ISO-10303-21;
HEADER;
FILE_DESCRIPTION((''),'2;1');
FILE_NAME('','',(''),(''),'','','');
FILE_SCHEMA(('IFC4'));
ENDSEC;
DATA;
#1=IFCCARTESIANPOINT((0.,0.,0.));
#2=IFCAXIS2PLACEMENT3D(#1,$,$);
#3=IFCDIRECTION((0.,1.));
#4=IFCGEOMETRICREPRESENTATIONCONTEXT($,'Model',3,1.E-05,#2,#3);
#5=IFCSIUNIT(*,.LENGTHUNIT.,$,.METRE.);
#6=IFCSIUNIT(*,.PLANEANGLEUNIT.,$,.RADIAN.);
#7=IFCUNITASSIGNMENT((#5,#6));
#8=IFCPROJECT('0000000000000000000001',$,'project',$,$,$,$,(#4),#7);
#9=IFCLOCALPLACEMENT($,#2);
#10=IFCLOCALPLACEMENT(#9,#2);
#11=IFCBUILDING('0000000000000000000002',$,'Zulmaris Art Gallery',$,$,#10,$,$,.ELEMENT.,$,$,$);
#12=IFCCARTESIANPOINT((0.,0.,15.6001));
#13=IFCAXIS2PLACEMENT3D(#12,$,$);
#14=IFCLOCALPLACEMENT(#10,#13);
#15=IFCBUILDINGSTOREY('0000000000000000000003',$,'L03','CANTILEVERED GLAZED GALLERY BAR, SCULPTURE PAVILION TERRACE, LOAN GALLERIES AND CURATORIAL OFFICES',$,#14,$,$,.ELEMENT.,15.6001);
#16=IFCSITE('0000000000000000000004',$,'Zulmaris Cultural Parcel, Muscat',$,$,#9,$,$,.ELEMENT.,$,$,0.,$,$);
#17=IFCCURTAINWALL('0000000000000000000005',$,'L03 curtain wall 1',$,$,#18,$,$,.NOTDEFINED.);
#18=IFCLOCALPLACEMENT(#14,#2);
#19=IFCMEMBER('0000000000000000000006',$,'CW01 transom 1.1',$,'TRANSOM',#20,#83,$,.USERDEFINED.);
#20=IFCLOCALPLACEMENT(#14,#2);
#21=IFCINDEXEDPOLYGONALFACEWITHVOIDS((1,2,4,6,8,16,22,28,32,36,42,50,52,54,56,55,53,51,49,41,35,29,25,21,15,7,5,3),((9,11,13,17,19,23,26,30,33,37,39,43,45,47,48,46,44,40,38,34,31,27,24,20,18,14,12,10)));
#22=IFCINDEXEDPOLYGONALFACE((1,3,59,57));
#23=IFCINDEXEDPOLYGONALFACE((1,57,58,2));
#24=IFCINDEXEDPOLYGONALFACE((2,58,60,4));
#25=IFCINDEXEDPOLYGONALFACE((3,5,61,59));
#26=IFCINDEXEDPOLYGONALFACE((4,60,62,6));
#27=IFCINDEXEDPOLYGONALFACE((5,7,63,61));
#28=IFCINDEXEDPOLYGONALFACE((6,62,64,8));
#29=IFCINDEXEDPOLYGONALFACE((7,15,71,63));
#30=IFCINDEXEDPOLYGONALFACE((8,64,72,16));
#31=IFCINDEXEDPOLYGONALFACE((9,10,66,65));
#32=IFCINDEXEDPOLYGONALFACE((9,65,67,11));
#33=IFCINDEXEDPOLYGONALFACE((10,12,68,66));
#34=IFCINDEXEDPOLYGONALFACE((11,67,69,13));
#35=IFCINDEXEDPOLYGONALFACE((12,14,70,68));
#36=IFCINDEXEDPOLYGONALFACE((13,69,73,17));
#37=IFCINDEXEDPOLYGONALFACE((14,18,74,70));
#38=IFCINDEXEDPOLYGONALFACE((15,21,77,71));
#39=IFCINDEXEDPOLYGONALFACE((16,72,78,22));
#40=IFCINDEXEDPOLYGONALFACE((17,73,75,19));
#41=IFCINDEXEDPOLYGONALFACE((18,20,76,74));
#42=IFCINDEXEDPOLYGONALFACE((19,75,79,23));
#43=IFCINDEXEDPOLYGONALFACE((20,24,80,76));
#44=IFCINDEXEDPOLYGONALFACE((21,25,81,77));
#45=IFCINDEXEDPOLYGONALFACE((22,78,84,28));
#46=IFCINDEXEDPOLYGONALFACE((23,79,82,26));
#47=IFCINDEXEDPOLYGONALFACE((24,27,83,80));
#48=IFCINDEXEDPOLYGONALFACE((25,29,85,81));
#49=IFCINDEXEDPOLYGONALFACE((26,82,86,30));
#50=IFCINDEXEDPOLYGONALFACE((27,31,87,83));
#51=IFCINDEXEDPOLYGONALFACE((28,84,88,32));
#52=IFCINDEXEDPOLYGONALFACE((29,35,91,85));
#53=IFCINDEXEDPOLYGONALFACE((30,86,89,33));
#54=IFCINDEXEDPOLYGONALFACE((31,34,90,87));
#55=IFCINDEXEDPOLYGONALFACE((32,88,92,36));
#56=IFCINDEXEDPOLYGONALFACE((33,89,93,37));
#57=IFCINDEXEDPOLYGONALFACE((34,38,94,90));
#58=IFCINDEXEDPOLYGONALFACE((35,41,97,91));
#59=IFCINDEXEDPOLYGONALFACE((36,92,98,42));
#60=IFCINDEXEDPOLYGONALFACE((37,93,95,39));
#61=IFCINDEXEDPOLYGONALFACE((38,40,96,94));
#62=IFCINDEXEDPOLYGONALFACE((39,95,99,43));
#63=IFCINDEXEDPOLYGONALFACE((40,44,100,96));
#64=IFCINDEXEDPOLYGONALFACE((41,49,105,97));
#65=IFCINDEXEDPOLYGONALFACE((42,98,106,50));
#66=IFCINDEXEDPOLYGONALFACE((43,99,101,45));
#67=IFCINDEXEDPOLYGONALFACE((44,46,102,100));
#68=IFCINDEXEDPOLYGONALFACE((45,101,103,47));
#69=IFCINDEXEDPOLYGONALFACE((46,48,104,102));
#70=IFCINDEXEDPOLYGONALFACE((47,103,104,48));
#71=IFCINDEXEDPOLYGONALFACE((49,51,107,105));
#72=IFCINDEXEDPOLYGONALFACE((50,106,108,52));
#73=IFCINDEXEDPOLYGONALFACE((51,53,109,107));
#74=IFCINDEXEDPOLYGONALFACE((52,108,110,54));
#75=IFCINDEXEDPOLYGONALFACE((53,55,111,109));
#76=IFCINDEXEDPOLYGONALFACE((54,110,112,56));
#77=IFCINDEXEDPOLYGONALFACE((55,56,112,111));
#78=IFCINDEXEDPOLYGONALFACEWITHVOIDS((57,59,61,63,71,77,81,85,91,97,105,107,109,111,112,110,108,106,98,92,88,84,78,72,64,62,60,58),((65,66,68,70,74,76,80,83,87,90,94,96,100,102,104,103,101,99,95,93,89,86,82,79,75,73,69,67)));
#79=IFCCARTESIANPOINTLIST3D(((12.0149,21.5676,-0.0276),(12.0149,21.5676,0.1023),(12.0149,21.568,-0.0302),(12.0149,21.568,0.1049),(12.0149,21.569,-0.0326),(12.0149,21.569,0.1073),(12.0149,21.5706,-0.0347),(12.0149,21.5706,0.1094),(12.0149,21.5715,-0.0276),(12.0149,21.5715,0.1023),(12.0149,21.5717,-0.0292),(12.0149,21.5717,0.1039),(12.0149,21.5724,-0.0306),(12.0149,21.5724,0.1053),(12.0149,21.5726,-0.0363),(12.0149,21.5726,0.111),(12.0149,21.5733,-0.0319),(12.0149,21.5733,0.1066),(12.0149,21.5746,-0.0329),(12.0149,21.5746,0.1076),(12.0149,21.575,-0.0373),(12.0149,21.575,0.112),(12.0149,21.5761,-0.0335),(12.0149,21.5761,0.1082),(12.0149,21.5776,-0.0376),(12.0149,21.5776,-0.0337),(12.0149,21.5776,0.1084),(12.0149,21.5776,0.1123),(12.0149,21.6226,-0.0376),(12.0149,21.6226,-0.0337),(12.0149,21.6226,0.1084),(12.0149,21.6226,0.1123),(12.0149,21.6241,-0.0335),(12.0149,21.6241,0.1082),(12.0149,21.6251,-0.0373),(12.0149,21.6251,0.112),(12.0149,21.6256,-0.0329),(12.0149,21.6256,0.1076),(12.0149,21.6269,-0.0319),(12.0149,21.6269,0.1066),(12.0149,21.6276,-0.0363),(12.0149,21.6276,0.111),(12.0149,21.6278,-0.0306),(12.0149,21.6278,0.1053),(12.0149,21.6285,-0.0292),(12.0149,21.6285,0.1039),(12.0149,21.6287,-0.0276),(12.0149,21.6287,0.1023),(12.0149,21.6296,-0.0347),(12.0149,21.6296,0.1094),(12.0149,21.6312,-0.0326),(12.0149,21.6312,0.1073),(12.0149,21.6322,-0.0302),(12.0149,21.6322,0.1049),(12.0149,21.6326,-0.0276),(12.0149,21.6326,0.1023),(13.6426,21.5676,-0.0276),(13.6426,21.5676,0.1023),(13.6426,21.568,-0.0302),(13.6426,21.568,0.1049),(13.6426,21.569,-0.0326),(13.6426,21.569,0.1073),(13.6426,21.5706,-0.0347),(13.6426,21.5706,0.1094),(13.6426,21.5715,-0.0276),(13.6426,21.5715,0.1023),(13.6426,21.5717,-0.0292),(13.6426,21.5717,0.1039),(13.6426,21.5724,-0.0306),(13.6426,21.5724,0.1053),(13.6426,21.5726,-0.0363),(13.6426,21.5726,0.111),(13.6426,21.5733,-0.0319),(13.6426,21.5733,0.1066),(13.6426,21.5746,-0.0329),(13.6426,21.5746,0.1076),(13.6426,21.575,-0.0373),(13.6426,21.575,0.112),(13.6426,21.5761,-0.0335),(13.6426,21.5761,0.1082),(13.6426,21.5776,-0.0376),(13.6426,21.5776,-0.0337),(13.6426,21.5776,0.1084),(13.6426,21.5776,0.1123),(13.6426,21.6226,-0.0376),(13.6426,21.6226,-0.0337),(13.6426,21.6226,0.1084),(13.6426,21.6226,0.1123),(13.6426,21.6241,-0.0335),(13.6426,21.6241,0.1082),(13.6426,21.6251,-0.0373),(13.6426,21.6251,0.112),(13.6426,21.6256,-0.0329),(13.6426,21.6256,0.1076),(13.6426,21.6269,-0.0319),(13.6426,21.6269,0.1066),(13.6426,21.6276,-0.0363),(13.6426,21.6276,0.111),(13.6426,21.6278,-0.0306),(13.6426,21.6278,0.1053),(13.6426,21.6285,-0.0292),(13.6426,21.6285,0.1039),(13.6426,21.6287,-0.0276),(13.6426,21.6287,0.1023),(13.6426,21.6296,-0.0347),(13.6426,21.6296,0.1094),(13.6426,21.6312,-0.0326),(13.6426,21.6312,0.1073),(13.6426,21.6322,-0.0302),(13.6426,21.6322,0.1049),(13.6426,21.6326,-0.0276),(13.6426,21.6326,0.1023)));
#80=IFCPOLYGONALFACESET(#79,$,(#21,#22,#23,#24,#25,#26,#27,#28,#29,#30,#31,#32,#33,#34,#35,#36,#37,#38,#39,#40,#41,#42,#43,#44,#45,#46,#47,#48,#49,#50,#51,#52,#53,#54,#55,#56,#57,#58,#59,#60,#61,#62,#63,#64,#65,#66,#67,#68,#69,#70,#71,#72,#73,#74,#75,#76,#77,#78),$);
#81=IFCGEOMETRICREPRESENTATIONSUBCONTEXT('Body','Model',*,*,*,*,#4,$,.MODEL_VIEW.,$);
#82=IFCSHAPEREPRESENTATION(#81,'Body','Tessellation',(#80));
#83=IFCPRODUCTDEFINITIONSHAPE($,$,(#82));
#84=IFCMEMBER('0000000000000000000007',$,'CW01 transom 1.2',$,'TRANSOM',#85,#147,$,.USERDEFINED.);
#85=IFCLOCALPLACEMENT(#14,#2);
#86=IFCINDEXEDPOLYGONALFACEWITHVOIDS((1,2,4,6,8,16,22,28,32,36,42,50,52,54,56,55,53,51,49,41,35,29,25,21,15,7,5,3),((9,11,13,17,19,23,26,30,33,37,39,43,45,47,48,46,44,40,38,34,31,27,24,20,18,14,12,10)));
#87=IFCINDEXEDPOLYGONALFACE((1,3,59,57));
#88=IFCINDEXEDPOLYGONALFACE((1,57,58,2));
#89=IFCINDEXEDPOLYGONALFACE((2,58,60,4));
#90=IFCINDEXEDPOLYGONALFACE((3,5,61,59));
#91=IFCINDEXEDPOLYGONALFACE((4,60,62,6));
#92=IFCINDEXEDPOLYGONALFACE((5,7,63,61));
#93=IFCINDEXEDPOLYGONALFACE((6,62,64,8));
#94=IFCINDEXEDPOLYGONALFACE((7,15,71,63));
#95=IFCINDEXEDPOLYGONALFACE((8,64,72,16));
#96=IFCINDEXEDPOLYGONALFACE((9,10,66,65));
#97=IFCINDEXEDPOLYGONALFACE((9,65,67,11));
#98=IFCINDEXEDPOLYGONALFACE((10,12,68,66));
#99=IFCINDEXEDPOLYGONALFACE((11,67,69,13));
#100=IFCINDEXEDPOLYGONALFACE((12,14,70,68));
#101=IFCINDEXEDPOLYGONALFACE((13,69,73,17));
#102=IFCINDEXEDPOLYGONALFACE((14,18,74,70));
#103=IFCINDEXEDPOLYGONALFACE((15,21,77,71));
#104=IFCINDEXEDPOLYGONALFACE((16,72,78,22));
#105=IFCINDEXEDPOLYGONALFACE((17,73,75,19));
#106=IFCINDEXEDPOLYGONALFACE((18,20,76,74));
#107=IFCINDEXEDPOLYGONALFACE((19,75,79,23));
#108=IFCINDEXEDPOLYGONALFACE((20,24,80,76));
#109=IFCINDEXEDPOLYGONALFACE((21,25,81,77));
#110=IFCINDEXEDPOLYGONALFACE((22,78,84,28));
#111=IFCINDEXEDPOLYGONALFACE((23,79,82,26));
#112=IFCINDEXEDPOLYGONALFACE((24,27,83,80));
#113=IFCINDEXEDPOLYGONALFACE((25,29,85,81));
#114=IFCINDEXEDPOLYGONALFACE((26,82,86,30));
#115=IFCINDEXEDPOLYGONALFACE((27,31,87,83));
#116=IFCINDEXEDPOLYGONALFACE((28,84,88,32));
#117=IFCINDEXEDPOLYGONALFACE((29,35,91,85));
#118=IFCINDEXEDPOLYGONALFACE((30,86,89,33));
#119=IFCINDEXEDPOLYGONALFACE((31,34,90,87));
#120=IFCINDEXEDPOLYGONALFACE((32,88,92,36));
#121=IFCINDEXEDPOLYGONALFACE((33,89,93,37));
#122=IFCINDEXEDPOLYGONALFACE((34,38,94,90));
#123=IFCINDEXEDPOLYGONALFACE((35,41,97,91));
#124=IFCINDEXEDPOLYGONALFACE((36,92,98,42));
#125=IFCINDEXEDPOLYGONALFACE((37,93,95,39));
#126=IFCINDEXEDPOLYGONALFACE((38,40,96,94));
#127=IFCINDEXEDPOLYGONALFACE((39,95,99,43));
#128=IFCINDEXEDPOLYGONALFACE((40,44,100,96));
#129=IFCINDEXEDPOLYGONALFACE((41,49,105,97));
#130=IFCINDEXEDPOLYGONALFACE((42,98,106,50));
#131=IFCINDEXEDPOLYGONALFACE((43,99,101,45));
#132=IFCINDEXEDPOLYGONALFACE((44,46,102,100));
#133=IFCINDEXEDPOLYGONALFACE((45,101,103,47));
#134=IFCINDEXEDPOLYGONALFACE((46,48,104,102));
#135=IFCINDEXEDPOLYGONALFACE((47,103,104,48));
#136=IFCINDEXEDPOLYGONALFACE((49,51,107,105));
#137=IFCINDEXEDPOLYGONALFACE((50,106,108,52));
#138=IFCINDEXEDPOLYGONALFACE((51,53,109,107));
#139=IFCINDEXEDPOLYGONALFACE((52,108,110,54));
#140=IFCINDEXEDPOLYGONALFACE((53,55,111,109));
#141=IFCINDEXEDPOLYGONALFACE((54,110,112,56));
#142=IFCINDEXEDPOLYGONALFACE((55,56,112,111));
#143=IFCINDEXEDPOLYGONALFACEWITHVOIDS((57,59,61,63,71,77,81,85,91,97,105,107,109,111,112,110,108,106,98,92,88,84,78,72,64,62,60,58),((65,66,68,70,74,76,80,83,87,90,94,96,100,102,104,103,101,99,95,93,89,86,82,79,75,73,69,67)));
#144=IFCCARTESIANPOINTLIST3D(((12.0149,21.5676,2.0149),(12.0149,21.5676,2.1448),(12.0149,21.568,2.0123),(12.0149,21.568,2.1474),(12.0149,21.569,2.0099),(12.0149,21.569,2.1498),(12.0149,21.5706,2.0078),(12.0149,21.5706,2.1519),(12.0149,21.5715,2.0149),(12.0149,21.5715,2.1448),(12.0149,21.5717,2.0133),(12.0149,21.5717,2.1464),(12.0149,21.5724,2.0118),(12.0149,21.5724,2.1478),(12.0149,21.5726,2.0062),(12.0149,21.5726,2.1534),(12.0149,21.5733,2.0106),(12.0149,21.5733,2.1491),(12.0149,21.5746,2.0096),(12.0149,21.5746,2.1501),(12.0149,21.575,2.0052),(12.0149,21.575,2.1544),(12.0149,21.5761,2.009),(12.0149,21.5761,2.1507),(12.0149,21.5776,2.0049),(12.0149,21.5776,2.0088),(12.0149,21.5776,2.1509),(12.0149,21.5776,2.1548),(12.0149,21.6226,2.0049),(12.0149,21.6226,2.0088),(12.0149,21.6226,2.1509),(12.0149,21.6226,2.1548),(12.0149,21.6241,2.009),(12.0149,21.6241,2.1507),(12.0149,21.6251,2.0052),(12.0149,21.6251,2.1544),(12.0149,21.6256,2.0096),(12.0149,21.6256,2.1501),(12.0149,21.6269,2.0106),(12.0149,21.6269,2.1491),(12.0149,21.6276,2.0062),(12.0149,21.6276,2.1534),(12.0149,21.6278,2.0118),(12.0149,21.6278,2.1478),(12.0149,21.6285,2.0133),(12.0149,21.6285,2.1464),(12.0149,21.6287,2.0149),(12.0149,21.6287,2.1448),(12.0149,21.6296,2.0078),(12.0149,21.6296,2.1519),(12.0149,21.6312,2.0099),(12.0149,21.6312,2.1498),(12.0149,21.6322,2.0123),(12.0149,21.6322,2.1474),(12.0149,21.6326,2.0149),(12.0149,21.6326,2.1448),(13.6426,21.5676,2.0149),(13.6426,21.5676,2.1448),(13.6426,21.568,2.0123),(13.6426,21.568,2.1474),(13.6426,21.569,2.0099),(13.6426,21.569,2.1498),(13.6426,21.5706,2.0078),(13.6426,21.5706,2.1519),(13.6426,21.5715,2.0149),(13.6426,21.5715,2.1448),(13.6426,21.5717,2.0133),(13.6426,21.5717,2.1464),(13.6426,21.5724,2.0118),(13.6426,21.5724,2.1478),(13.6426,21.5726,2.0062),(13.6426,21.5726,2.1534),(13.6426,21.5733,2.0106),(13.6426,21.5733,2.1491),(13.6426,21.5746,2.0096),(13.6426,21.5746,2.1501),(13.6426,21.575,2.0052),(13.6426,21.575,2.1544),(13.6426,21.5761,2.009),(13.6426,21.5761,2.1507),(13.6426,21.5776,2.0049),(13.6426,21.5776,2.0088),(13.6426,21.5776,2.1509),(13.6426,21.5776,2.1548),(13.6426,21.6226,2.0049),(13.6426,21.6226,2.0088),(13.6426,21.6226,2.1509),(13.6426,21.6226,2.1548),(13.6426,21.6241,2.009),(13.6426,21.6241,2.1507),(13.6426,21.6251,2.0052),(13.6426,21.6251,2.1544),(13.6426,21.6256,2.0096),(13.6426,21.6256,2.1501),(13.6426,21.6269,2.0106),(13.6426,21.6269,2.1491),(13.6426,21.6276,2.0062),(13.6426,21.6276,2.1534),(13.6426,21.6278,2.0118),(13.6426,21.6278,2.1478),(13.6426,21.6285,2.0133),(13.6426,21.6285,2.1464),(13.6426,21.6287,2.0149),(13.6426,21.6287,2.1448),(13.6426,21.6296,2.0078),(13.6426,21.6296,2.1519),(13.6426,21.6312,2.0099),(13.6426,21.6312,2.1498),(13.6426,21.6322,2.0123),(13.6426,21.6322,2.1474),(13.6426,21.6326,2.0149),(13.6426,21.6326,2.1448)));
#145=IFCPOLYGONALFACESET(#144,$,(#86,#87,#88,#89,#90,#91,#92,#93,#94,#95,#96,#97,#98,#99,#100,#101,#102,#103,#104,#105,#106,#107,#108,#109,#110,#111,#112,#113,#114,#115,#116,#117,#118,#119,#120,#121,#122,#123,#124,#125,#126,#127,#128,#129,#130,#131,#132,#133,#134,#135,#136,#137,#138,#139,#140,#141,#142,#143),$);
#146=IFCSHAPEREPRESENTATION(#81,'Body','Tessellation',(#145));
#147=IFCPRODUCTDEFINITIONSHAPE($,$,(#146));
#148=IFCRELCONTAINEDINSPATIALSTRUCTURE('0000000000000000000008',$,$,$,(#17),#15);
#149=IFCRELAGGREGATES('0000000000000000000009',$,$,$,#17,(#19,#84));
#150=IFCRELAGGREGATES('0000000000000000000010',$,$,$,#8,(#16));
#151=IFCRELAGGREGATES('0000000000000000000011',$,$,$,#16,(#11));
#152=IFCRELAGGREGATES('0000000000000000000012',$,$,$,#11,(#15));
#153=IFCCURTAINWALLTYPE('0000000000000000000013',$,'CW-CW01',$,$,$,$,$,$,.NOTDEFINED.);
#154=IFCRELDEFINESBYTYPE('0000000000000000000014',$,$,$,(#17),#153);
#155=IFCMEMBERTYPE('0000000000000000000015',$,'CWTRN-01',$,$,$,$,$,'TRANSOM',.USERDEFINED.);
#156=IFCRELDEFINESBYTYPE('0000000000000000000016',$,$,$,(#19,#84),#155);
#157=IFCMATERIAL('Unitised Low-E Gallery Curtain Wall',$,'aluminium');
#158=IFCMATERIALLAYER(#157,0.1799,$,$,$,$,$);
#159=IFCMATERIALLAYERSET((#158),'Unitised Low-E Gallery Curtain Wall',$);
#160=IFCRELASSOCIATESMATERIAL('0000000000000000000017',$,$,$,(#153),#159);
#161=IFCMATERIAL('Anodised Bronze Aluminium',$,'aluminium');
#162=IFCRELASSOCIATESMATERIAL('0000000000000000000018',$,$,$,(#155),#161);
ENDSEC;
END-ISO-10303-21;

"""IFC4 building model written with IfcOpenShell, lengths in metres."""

from ifc_helpers import new_model, si_unit, direction, frame, origin, origin_2d, place, context, subcontext, project, spatial, hollow_rectangle, extrude, material, layer, layer_set, material_profile, profile_set, type_object, element, aggregate, save


model = new_model("IFC4")

# Units and contexts
model_context = context("Model", 3, precision=1e-05, world=origin(), true_north=direction((0.0, 1.0)))
body_context = subcontext(model_context, "Body", "Model", "MODEL_VIEW")
ifc_project = project(units=[si_unit("LENGTHUNIT", "METRE"), si_unit("PLANEANGLEUNIT", "RADIAN")], contexts=[model_context])

# Site, building, storey
site_placement = place(None, origin())
site = spatial("IfcSite", under=ifc_project, at=site_placement, Name="Zulmaris Cultural Parcel, Muscat", CompositionType="ELEMENT", RefElevation=0.0)
building_placement = place(site_placement, origin())
building = spatial("IfcBuilding", under=site, at=building_placement, Name="Zulmaris Art Gallery", CompositionType="ELEMENT")
storey_placement = place(building_placement, frame((0.0, 0.0, 15.6001)))
storey = spatial("IfcBuildingStorey", under=building, at=storey_placement, Name="L03", Description="CANTILEVERED GLAZED GALLERY BAR, SCULPTURE PAVILION TERRACE, LOAN GALLERIES AND CURATORIAL OFFICES", CompositionType="ELEMENT", Elevation=15.6001)

# Curtain wall
ifc_material_1 = material(Name="Unitised Low-E Gallery Curtain Wall", Category="aluminium")
ifc_layer_1 = layer(ifc_material_1, 0.1799)
ifc_layer_set_1 = layer_set([ifc_layer_1], Name="Unitised Low-E Gallery Curtain Wall")
curtain_wall_type = type_object("IfcCurtainWallType", Name="CW-CW01", PredefinedType="NOTDEFINED", material=ifc_layer_set_1)
curtain_wall_1_placement = place(storey_placement, origin())
curtain_wall_1 = element("IfcCurtainWall", 1, at=curtain_wall_1_placement, inside=storey, type_object=curtain_wall_type, Name="L03 curtain wall 1", PredefinedType="NOTDEFINED")
ifc_material_2 = material(Name="Anodised Bronze Aluminium", Category="aluminium")

# Members
ifc_material_profile_1 = material_profile(ifc_material_2, hollow_rectangle(XDim=0.0649, YDim=0.1499, WallThickness=0.0039, InnerFilletRadius=0.0061, OuterFilletRadius=0.01, at=origin_2d()), Name="ALU 65x150x4")
ifc_profile_set_1 = profile_set([ifc_material_profile_1], Name="Anodised Bronze Aluminium")
member_type_1 = type_object("IfcMemberType", Name="CWTRN-01", ElementType="TRANSOM", PredefinedType="USERDEFINED", material=ifc_profile_set_1)
member_1_placement = place(storey_placement, frame((12.0149, 21.6001, 0.0374), z_axis=(1.0, 0.0, 0.0), x_axis=(0.0, 1.0, 0.0)))
member_1 = element("IfcMember", 2, at=member_1_placement, type_object=member_type_1, Name="CW01 transom 1.1", ObjectType="TRANSOM", PredefinedType="USERDEFINED", context=body_context, shape_type="SweptSolid", body=[
    extrude(hollow_rectangle(XDim=0.0649, YDim=0.1499, WallThickness=0.0039, InnerFilletRadius=0.0061, OuterFilletRadius=0.01, at=origin_2d()), origin(), (0.0, 0.0, 1.0), 1.6277),
])
member_2_placement = place(storey_placement, frame((12.0149, 21.6001, 2.0798), z_axis=(1.0, 0.0, 0.0), x_axis=(0.0, 1.0, 0.0)))
member_2 = element("IfcMember", 3, at=member_2_placement, type_object=member_type_1, Name="CW01 transom 1.2", ObjectType="TRANSOM", PredefinedType="USERDEFINED", context=body_context, shape_type="SweptSolid", body=[
    extrude(hollow_rectangle(XDim=0.0649, YDim=0.1499, WallThickness=0.0039, InnerFilletRadius=0.0061, OuterFilletRadius=0.01, at=origin_2d()), origin(), (0.0, 0.0, 1.0), 1.6277),
])

aggregate(curtain_wall_1, [member_1, member_2])

save(model, "model.ifc")
